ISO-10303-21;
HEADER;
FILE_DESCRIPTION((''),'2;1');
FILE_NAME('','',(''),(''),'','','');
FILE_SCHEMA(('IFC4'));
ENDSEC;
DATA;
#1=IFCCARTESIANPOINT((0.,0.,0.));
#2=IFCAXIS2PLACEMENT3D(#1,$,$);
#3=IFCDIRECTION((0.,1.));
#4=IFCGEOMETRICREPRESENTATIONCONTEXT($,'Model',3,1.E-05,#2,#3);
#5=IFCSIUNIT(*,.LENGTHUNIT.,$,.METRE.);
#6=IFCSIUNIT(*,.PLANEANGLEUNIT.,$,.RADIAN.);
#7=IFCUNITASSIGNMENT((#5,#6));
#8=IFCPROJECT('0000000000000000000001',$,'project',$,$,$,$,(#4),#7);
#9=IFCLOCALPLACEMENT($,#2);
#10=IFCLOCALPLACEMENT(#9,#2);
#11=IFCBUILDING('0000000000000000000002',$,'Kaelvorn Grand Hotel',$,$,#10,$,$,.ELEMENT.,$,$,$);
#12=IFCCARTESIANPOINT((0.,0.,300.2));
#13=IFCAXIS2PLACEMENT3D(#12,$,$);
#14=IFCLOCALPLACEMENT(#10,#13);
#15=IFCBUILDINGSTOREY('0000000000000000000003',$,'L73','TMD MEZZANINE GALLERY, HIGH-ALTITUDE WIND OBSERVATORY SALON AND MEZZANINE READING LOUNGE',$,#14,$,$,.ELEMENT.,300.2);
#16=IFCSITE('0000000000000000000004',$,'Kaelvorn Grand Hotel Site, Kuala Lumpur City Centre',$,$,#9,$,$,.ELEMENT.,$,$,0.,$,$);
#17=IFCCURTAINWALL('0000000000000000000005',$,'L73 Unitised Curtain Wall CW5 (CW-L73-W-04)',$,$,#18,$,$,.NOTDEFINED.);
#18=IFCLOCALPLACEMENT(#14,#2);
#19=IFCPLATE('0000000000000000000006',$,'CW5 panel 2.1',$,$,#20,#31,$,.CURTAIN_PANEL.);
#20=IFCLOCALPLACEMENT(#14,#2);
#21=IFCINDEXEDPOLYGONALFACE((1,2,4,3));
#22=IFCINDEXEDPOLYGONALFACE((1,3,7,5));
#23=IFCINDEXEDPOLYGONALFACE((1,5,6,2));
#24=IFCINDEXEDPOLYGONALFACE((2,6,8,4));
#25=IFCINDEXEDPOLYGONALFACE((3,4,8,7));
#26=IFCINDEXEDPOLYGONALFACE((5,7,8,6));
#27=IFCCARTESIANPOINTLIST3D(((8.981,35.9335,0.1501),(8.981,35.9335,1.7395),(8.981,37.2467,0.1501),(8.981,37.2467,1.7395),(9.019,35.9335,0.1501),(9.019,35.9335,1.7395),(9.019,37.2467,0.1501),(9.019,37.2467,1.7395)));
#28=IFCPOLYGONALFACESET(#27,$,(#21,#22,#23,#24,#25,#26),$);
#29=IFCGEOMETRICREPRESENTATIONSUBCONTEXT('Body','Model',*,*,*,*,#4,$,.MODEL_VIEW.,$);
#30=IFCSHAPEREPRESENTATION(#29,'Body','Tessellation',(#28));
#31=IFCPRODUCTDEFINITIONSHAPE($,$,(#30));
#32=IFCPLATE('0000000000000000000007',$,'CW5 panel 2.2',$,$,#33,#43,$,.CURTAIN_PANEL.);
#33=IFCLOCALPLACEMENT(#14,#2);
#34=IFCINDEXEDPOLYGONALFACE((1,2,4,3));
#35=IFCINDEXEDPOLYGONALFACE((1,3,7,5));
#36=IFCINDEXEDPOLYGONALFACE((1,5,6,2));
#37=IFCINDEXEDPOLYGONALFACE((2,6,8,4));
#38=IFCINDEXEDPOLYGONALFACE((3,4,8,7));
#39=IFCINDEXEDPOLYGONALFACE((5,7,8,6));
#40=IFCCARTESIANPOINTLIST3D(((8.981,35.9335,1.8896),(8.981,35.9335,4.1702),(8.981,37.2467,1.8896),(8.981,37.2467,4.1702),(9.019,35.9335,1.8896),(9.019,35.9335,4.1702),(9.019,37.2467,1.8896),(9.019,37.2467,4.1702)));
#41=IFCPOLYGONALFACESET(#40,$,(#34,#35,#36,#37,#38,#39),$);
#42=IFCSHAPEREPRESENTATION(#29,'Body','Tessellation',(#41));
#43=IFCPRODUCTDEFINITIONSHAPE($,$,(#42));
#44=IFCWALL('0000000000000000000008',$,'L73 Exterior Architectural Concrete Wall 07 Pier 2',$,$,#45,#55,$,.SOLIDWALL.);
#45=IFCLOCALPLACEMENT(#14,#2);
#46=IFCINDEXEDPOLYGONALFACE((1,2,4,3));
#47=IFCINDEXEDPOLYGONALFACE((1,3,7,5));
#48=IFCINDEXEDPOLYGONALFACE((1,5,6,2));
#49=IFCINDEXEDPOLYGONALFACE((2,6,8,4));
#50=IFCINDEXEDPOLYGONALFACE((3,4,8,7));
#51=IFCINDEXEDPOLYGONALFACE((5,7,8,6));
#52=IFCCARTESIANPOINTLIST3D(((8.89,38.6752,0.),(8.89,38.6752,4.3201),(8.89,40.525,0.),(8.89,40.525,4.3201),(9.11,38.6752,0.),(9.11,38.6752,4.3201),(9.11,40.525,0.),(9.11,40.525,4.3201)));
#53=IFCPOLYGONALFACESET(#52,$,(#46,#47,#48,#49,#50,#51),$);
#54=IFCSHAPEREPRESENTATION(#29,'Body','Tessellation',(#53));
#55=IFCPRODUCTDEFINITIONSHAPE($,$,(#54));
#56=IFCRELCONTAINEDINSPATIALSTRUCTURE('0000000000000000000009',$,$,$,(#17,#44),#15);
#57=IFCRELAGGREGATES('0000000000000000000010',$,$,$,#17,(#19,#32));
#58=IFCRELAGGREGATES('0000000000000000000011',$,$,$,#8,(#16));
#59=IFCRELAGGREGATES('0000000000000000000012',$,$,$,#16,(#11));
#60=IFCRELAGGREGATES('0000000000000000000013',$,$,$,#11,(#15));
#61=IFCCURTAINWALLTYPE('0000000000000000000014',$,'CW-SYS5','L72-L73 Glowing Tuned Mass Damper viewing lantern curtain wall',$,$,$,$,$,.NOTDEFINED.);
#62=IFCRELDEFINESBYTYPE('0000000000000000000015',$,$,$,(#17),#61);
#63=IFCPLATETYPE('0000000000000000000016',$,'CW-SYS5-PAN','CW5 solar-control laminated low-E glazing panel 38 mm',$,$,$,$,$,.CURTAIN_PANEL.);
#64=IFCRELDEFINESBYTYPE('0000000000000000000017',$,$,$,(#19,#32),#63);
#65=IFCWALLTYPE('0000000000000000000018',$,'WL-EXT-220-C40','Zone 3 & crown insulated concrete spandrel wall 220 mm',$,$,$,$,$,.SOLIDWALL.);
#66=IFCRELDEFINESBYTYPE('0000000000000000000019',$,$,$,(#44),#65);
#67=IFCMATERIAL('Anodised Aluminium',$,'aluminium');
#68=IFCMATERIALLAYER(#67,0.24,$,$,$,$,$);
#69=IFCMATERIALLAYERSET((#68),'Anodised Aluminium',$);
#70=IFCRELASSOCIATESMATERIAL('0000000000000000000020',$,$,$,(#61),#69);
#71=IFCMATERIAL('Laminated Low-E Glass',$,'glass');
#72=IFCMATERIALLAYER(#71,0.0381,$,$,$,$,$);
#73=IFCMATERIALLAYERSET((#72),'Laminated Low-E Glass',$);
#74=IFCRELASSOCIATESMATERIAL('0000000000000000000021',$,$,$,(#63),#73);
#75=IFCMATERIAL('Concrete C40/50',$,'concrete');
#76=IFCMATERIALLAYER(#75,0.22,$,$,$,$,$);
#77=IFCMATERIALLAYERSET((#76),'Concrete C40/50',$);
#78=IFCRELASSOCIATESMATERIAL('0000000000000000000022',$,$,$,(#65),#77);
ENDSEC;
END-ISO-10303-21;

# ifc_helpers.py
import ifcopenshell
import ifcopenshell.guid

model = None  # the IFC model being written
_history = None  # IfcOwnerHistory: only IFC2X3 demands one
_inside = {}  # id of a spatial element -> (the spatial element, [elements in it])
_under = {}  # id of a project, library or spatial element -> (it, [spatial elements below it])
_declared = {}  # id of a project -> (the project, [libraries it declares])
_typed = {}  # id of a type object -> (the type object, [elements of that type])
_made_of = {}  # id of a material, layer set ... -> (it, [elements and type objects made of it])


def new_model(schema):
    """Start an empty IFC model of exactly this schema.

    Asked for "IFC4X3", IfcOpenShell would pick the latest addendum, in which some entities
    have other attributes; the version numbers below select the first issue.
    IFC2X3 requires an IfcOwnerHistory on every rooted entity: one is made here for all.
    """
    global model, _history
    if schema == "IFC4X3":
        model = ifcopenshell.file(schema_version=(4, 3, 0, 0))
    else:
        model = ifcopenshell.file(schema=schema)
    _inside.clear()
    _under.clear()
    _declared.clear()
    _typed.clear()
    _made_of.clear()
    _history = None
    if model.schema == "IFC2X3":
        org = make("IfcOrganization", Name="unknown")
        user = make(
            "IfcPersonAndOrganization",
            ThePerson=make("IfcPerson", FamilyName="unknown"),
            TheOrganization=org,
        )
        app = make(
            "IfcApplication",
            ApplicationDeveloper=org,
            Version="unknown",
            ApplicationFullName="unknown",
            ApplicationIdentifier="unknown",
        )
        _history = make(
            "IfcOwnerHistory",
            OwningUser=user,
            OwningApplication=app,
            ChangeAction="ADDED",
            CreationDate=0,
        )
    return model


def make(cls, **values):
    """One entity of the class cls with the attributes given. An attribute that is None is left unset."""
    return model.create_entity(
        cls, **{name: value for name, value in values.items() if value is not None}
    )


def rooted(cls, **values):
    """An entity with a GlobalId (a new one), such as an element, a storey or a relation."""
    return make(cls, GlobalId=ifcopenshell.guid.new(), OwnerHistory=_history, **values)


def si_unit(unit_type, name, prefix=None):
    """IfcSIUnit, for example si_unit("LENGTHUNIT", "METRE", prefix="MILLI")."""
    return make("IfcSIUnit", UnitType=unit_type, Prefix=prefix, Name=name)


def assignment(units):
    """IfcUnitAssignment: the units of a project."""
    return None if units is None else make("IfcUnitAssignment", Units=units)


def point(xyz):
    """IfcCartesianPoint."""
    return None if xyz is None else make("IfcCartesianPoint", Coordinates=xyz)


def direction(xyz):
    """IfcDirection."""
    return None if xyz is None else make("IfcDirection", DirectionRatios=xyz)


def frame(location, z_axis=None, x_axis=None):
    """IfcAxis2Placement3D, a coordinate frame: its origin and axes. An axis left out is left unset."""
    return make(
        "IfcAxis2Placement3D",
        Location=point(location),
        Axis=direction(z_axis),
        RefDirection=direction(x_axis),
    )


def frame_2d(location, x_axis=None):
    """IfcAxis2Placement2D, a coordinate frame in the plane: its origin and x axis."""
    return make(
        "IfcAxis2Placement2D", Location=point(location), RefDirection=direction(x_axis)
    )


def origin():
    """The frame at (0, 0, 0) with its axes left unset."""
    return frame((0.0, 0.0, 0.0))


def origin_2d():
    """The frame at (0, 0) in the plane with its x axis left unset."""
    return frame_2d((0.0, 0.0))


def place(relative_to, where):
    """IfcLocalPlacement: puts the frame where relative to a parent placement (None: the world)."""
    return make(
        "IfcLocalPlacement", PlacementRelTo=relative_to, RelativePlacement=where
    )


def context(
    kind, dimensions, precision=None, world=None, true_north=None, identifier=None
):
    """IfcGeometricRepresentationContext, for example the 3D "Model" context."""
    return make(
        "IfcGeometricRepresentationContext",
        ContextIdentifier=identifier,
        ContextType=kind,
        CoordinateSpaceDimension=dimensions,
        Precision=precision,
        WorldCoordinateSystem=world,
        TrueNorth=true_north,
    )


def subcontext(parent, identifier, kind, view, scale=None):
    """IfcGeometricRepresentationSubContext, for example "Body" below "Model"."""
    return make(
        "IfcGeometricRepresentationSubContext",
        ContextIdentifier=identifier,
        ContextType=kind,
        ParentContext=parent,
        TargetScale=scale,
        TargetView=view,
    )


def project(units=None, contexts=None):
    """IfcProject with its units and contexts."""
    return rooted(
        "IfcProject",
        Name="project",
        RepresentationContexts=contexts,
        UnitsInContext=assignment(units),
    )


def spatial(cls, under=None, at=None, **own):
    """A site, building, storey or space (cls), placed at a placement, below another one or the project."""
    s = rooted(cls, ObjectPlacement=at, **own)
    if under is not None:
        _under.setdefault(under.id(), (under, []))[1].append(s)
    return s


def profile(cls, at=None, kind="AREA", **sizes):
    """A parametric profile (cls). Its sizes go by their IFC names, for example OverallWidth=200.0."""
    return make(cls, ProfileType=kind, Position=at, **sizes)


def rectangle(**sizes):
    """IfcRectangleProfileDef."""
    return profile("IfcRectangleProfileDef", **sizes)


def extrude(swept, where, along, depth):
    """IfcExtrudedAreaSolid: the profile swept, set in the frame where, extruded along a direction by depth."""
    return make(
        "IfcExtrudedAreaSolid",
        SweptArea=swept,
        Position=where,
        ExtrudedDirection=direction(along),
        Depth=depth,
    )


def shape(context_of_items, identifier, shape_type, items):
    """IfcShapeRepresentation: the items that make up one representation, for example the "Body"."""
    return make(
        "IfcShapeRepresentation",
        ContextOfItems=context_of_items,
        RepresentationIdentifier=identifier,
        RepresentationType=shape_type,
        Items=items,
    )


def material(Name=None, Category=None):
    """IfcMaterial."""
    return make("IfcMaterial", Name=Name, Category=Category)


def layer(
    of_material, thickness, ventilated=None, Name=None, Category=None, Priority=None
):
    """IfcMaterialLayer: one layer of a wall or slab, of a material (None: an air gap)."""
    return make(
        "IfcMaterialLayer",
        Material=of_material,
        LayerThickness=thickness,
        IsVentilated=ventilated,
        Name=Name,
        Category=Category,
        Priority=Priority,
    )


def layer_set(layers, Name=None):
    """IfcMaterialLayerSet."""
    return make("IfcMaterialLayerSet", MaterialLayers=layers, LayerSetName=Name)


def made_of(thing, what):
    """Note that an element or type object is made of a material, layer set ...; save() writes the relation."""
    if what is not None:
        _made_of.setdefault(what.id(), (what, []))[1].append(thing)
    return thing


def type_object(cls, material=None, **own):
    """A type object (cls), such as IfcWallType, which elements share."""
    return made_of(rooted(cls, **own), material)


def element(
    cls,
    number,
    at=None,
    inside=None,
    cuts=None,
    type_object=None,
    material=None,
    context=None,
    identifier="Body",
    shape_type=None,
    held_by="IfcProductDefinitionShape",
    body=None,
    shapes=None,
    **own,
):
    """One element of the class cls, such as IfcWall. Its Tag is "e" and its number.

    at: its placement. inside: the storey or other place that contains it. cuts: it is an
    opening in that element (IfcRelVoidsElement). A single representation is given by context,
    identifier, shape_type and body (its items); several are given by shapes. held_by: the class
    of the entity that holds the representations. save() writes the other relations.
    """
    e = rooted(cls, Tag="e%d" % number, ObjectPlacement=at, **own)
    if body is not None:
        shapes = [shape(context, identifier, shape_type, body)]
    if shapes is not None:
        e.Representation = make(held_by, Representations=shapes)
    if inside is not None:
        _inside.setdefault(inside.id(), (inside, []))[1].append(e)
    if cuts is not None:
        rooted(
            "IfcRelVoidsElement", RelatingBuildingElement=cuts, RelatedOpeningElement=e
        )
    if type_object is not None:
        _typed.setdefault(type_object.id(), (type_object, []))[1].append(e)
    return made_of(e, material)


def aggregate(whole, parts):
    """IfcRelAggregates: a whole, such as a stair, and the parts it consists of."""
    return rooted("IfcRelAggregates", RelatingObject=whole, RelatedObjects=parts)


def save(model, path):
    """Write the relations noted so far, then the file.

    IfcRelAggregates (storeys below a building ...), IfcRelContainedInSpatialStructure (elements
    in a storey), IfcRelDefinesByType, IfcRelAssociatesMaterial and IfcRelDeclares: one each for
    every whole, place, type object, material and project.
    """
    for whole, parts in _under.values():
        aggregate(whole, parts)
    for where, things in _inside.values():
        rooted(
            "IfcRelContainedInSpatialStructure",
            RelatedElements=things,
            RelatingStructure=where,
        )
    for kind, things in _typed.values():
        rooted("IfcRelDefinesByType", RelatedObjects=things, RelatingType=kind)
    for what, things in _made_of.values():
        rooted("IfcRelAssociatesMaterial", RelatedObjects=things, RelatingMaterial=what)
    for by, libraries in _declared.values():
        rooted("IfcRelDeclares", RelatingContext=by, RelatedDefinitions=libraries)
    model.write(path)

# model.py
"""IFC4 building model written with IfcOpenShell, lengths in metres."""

from ifc_helpers import new_model, si_unit, direction, frame, frame_2d, origin, origin_2d, place, context, subcontext, project, spatial, rectangle, extrude, material, layer, layer_set, type_object, element, aggregate, save


model = new_model("IFC4")

# Units and contexts
model_context = context("Model", 3, precision=1e-05, world=origin(), true_north=direction((0.0, 1.0)))
body_context = subcontext(model_context, "Body", "Model", "MODEL_VIEW")
ifc_project = project(units=[si_unit("LENGTHUNIT", "METRE"), si_unit("PLANEANGLEUNIT", "RADIAN")], contexts=[model_context])

# Site, building, storey
site_placement = place(None, origin())
site = spatial("IfcSite", under=ifc_project, at=site_placement, Name="Kaelvorn Grand Hotel Site, Kuala Lumpur City Centre", CompositionType="ELEMENT", RefElevation=0.0)
building_placement = place(site_placement, origin())
building = spatial("IfcBuilding", under=site, at=building_placement, Name="Kaelvorn Grand Hotel", CompositionType="ELEMENT")
storey_placement = place(building_placement, frame((0.0, 0.0, 300.2)))
storey = spatial("IfcBuildingStorey", under=building, at=storey_placement, Name="L73", Description="TMD MEZZANINE GALLERY, HIGH-ALTITUDE WIND OBSERVATORY SALON AND MEZZANINE READING LOUNGE", CompositionType="ELEMENT", Elevation=300.2)

# Shared definitions
ifc_material_1 = material(Name="Anodised Aluminium", Category="aluminium")
ifc_layer_1 = layer(ifc_material_1, 0.24)
ifc_layer_set_1 = layer_set([ifc_layer_1], Name="Anodised Aluminium")
curtain_wall_type = type_object("IfcCurtainWallType", Name="CW-SYS5", Description="L72-L73 Glowing Tuned Mass Damper viewing lantern curtain wall", PredefinedType="NOTDEFINED", material=ifc_layer_set_1)

# Curtain wall
curtain_wall_1_placement = place(storey_placement, origin())
curtain_wall_1 = element("IfcCurtainWall", 1, at=curtain_wall_1_placement, inside=storey, type_object=curtain_wall_type, Name="L73 Unitised Curtain Wall CW5 (CW-L73-W-04)", PredefinedType="NOTDEFINED")

# Plates
ifc_material_2 = material(Name="Laminated Low-E Glass", Category="glass")
ifc_layer_2 = layer(ifc_material_2, 0.0381)
ifc_layer_set_2 = layer_set([ifc_layer_2], Name="Laminated Low-E Glass")
plate_type = type_object("IfcPlateType", Name="CW-SYS5-PAN", Description="CW5 solar-control laminated low-E glazing panel 38 mm", PredefinedType="CURTAIN_PANEL", material=ifc_layer_set_2)
plate_1_placement = place(storey_placement, frame((9.0, 36.5901, 0.1501), z_axis=(0.0, 0.0, 1.0), x_axis=(0.0, -1.0, 0.0)))
plate_1 = element("IfcPlate", 2, at=plate_1_placement, type_object=plate_type, Name="CW5 panel 2.1", PredefinedType="CURTAIN_PANEL", context=body_context, shape_type="SweptSolid", body=[
    extrude(rectangle(XDim=1.3132, YDim=0.0381, at=origin_2d()), origin(), (0.0, 0.0, 1.0), 1.5894),
])
plate_2_placement = place(storey_placement, frame((9.0, 36.5901, 1.8896), z_axis=(0.0, 0.0, 1.0), x_axis=(0.0, -1.0, 0.0)))
plate_2 = element("IfcPlate", 3, at=plate_2_placement, type_object=plate_type, Name="CW5 panel 2.2", PredefinedType="CURTAIN_PANEL", context=body_context, shape_type="SweptSolid", body=[
    extrude(rectangle(XDim=1.3132, YDim=0.0381, at=origin_2d()), origin(), (0.0, 0.0, 1.0), 2.2805),
])
aggregate(curtain_wall_1, [plate_1, plate_2])

# Wall
ifc_material_3 = material(Name="Concrete C40/50", Category="concrete")
ifc_layer_3 = layer(ifc_material_3, 0.22)
ifc_layer_set_3 = layer_set([ifc_layer_3], Name="Concrete C40/50")
wall_type = type_object("IfcWallType", Name="WL-EXT-220-C40", Description="Zone 3 & crown insulated concrete spandrel wall 220 mm", PredefinedType="SOLIDWALL", material=ifc_layer_set_3)
wall_placement = place(storey_placement, frame((9.0, 40.5249, 0.0), z_axis=(0.0, 0.0, 1.0), x_axis=(0.0, -1.0, 0.0)))
element("IfcWall", 4, at=wall_placement, inside=storey, type_object=wall_type, Name="L73 Exterior Architectural Concrete Wall 07 Pier 2", PredefinedType="SOLIDWALL", context=body_context, shape_type="SweptSolid", body=[
    extrude(rectangle(XDim=1.8499, YDim=0.22, at=frame_2d((0.9248, 0.0))), origin(), (0.0, 0.0, 1.0), 4.3201),
])

save(model, "model.ifc")
